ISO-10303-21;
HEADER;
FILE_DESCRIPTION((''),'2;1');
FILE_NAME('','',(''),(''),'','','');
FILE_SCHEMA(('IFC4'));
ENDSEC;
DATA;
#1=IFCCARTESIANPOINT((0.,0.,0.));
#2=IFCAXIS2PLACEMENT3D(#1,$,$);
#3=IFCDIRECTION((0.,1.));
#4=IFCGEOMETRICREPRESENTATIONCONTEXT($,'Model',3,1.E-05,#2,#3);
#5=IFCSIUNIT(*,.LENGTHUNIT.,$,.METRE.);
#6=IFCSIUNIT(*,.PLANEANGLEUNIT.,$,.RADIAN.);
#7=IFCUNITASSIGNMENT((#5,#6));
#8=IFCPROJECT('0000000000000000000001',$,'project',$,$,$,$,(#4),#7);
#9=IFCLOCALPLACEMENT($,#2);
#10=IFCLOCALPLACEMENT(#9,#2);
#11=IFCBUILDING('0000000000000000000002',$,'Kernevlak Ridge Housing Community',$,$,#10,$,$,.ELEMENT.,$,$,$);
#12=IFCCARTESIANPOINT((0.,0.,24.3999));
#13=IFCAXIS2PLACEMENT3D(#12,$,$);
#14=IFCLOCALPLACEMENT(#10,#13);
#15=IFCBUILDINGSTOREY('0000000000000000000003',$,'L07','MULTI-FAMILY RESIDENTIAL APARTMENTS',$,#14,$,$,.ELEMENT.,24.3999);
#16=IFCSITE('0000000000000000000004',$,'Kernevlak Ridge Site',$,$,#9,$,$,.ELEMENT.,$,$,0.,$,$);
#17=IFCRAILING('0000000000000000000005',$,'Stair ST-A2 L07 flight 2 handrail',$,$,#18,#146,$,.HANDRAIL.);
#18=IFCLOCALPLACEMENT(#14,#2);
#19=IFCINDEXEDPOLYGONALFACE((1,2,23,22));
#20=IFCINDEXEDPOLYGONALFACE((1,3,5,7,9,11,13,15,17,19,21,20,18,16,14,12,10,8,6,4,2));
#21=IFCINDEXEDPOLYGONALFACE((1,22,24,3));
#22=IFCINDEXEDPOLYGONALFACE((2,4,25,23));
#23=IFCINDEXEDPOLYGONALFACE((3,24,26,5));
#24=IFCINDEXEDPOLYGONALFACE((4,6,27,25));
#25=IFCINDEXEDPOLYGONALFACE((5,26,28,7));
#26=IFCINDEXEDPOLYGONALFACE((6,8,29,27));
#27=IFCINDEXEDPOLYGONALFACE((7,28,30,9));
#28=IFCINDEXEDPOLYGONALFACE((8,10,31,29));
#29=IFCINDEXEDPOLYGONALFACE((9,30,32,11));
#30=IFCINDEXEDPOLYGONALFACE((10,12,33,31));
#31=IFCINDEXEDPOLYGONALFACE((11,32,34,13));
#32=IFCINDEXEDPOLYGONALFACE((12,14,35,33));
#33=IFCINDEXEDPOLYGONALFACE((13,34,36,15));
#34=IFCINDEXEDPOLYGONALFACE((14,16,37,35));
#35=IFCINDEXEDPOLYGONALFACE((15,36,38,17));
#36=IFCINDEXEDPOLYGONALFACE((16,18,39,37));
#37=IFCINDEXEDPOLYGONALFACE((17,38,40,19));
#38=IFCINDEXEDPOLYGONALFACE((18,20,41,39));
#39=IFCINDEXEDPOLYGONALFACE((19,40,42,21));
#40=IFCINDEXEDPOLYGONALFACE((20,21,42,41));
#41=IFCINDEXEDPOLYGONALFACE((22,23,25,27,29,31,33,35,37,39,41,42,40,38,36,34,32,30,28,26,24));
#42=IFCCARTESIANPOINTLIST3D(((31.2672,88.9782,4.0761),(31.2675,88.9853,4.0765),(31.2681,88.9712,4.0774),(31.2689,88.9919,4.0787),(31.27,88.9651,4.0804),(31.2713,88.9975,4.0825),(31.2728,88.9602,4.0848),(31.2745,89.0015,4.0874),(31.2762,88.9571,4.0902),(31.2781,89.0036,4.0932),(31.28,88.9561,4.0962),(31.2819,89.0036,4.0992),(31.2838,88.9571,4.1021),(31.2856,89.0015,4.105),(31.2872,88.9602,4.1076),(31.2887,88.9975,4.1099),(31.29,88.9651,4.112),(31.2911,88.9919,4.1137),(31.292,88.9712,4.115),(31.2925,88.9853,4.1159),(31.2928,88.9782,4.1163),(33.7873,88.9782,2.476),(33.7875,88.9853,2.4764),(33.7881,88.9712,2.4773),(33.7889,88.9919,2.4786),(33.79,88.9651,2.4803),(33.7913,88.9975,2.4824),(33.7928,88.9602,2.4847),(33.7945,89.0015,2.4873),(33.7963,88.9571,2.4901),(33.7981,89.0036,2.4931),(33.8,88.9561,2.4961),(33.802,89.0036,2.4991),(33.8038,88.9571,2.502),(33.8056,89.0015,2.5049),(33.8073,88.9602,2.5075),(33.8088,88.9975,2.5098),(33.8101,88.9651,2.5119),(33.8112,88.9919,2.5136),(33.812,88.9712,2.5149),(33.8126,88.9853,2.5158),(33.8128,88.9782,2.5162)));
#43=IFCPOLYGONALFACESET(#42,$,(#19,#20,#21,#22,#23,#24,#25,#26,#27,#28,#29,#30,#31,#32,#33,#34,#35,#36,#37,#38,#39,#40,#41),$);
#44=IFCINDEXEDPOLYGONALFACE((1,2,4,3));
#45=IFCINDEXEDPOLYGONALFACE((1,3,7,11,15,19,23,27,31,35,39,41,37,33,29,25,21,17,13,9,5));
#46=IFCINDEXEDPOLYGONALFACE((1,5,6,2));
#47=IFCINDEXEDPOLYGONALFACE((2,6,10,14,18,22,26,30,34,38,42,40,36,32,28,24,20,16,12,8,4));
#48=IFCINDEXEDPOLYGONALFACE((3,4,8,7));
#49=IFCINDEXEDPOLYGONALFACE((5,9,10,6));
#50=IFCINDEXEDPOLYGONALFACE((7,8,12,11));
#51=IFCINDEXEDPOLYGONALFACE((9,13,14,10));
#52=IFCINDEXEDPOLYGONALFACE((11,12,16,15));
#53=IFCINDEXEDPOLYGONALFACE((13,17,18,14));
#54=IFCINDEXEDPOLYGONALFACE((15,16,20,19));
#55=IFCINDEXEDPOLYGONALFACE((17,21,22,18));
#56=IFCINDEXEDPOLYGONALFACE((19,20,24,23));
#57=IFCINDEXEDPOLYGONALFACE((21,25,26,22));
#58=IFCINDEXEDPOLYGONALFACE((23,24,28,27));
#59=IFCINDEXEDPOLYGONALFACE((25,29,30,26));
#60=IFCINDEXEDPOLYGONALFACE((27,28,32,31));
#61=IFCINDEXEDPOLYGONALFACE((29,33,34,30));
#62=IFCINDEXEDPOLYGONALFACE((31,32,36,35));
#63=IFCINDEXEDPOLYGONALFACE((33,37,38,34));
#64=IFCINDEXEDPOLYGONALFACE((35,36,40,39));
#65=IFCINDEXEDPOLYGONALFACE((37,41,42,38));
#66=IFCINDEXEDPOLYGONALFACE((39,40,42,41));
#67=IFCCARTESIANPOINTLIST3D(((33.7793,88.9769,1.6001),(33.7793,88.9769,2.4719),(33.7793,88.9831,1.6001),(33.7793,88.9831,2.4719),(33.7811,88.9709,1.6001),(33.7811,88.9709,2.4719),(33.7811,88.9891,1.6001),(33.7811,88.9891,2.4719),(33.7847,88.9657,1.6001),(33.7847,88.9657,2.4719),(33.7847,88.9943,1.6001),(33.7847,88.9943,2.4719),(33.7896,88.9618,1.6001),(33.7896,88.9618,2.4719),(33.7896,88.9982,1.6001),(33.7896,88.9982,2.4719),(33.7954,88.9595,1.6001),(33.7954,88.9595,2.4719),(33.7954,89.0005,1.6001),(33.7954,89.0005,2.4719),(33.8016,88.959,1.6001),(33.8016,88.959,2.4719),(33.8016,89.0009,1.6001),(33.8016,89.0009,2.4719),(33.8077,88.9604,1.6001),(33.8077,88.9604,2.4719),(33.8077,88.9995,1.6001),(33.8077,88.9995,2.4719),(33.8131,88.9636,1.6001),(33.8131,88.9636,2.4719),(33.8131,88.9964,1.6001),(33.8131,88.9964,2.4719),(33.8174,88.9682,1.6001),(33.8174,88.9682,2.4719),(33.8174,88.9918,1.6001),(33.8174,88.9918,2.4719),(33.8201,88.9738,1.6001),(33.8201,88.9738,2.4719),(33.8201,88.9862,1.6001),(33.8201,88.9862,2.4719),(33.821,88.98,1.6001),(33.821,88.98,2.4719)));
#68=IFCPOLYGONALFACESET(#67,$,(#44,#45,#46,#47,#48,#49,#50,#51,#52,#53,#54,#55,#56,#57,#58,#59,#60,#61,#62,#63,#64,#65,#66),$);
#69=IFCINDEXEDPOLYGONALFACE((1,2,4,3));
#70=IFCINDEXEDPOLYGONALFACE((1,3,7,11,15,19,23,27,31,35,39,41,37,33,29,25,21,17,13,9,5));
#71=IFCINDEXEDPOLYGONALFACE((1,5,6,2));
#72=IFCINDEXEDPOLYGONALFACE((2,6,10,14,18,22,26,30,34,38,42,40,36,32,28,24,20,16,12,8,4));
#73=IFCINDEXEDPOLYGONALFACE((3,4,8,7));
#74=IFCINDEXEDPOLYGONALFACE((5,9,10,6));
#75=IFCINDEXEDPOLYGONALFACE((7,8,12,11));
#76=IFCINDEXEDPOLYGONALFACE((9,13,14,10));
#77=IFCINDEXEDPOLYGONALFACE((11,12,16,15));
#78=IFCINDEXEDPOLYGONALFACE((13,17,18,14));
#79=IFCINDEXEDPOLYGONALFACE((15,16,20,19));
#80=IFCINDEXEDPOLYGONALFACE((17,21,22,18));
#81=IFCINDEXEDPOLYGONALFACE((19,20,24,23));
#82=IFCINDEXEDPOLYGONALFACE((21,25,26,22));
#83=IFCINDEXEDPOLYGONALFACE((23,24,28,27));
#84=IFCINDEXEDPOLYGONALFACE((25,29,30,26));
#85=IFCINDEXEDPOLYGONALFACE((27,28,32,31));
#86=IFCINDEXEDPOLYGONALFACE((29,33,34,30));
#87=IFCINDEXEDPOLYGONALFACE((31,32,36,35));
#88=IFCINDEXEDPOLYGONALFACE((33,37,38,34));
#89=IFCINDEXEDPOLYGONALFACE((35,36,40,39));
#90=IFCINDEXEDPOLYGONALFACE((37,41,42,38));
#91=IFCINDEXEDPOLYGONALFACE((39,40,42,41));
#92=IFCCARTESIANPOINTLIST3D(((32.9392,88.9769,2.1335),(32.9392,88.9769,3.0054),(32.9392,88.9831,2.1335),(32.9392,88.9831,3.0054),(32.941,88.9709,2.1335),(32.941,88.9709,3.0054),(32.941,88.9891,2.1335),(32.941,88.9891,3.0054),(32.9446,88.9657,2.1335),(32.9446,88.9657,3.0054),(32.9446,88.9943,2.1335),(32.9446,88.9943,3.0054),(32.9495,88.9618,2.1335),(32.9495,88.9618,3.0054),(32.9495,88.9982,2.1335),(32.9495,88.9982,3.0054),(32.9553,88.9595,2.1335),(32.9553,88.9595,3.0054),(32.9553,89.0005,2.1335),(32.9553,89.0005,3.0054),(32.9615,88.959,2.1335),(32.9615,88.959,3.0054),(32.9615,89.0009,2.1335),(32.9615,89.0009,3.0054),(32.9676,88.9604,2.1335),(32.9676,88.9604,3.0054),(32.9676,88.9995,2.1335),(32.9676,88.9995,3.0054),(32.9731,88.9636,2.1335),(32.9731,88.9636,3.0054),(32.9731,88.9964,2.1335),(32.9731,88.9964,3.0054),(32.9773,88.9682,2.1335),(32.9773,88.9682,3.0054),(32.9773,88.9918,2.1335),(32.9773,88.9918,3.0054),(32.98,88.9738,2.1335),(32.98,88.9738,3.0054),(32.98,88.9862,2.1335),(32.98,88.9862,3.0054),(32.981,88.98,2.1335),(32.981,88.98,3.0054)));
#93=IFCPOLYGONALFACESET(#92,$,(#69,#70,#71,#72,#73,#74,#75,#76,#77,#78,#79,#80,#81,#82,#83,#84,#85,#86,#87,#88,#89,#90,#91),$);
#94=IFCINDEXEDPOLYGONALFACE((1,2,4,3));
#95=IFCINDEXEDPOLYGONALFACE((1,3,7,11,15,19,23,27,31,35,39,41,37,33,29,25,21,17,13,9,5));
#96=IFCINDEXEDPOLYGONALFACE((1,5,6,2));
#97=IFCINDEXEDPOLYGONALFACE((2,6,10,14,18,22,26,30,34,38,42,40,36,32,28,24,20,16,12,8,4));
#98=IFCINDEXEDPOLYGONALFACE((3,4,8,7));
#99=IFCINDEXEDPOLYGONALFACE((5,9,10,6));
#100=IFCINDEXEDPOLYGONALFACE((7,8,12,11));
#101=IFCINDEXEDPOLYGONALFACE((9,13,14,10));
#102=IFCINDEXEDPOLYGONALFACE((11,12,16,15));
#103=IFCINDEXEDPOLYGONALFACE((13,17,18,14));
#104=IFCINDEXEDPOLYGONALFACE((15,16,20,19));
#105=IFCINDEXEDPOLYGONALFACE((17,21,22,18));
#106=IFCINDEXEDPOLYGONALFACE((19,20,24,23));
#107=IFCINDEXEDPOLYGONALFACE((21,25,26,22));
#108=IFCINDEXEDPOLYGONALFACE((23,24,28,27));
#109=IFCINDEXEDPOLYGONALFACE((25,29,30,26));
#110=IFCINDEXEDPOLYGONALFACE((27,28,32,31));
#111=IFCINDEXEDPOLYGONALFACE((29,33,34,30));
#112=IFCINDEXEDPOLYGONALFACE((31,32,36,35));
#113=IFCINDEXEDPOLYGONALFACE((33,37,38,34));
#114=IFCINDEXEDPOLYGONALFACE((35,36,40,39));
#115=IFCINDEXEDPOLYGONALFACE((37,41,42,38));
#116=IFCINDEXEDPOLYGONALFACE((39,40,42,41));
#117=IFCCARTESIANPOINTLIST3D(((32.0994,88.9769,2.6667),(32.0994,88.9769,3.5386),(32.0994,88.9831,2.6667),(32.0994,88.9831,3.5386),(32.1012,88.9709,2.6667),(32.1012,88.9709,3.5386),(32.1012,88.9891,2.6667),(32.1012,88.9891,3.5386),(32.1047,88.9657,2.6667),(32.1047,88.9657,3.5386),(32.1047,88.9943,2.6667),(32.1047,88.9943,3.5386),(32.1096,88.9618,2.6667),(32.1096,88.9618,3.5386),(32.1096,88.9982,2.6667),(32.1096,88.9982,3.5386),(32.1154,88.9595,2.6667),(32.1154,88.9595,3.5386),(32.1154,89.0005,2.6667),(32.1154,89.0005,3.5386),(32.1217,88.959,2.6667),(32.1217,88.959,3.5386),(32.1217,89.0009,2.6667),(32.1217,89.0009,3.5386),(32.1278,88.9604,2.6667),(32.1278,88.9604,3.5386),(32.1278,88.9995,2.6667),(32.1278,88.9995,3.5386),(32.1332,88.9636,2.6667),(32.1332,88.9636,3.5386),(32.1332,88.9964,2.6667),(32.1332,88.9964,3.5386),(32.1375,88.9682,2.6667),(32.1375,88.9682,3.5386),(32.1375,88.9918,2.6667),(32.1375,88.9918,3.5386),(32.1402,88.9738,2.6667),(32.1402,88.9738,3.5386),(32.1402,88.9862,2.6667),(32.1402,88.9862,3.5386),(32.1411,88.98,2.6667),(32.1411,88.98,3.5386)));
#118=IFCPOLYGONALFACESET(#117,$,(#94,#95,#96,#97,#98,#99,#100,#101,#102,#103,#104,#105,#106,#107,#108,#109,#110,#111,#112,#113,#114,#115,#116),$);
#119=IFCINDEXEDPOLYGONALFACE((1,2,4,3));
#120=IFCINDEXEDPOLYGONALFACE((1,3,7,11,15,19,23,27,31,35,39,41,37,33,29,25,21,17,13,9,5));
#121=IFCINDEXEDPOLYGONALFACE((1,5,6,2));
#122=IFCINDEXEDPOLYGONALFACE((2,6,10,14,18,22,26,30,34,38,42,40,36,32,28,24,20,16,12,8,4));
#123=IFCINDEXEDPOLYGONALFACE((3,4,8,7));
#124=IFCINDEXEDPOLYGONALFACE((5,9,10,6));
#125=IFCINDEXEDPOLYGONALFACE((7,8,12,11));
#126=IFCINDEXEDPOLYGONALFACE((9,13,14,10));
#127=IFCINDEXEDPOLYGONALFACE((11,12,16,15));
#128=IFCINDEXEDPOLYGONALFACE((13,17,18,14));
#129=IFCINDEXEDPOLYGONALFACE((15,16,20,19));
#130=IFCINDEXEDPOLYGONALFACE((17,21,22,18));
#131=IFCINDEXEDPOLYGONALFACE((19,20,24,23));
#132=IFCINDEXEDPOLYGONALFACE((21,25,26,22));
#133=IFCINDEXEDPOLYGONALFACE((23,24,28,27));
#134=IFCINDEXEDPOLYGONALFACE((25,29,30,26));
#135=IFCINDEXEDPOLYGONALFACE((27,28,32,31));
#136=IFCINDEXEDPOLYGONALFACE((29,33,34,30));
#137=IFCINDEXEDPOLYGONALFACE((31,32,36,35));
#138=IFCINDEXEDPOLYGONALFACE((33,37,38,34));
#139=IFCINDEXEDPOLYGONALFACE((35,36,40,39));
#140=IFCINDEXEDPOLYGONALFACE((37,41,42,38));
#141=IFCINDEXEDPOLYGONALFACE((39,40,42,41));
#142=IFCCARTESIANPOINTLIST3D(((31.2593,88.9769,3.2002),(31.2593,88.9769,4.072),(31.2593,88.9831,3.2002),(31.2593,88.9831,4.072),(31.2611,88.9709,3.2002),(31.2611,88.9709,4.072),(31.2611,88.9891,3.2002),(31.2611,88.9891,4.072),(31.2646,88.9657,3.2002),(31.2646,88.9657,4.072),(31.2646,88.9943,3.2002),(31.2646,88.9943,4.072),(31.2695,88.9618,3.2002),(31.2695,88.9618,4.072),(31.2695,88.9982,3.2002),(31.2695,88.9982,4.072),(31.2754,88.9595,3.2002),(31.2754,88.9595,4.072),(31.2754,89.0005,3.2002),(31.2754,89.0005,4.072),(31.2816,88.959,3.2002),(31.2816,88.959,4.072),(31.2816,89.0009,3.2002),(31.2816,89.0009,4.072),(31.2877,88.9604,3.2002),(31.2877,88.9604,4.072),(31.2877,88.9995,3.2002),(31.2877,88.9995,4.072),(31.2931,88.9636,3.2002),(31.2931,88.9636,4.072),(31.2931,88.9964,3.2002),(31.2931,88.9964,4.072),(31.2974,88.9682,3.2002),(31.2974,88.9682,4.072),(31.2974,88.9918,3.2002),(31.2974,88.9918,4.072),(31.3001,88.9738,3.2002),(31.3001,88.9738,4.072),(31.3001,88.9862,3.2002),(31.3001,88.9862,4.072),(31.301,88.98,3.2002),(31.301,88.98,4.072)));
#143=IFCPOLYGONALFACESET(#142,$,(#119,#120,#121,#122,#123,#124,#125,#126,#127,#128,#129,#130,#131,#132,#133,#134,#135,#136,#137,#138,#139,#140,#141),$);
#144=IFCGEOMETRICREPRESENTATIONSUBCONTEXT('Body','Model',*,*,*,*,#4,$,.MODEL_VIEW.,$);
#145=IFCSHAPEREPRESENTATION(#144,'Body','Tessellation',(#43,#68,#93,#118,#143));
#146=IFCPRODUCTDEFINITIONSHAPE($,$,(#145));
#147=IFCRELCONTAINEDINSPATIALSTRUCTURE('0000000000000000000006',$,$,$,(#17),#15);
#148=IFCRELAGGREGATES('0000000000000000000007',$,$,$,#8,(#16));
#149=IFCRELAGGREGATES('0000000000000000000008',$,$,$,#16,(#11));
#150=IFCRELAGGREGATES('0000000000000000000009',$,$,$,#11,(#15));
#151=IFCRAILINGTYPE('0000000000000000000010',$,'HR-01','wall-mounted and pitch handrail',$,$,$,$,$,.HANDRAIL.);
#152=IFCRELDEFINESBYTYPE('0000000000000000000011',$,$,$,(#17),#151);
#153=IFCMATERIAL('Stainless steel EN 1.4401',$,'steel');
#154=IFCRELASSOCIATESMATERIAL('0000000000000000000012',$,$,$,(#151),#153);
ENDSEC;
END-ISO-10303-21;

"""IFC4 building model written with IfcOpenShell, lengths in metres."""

from ifc_helpers import new_model, si_unit, direction, frame, origin, origin_2d, place, context, subcontext, project, spatial, circle, extrude, material, type_object, element, save


model = new_model("IFC4")

# Units and contexts
model_context = context("Model", 3, precision=1e-05, world=origin(), true_north=direction((0.0, 1.0)))
body_context = subcontext(model_context, "Body", "Model", "MODEL_VIEW")
ifc_project = project(units=[si_unit("LENGTHUNIT", "METRE"), si_unit("PLANEANGLEUNIT", "RADIAN")], contexts=[model_context])

# Site, building, storey
site_placement = place(None, origin())
site = spatial("IfcSite", under=ifc_project, at=site_placement, Name="Kernevlak Ridge Site", CompositionType="ELEMENT", RefElevation=0.0)
building_placement = place(site_placement, origin())
building = spatial("IfcBuilding", under=site, at=building_placement, Name="Kernevlak Ridge Housing Community", CompositionType="ELEMENT")
storey_placement = place(building_placement, frame((0.0, 0.0, 24.3999)))
storey = spatial("IfcBuildingStorey", under=building, at=storey_placement, Name="L07", Description="MULTI-FAMILY RESIDENTIAL APARTMENTS", CompositionType="ELEMENT", Elevation=24.3999)

# Railing
ifc_material_1 = material(Name="Stainless steel EN 1.4401", Category="steel")
railing_type_1 = type_object("IfcRailingType", Name="HR-01", Description="wall-mounted and pitch handrail", PredefinedType="HANDRAIL", material=ifc_material_1)
railing_1_placement = place(storey_placement, frame((33.8, 88.98, 1.6001)))
element("IfcRailing", 1, at=railing_1_placement, inside=storey, type_object=railing_type_1, Name="Stair ST-A2 L07 flight 2 handrail", PredefinedType="HANDRAIL", context=body_context, shape_type="SweptSolid", body=[
    extrude(circle(Radius=0.0239, at=origin_2d()), frame((0.0, 0.0, 0.896), z_axis=(-0.8442, 0.0, 0.536028), x_axis=(0.0, -1.0, 0.0)), (0.0, 0.0, 1.0), 2.9851),
    extrude(circle(Radius=0.021, at=origin_2d()), origin(), (0.0, 0.0, 1.0), 0.8718),
    extrude(circle(Radius=0.021, at=origin_2d()), frame((-0.8401, 0.0, 0.5334)), (0.0, 0.0, 1.0), 0.8718),
    extrude(circle(Radius=0.021, at=origin_2d()), frame((-1.6799, 0.0, 1.0667)), (0.0, 0.0, 1.0), 0.8718),
    extrude(circle(Radius=0.021, at=origin_2d()), frame((-2.52, 0.0, 1.6001)), (0.0, 0.0, 1.0), 0.8718),
])

save(model, "model.ifc")
